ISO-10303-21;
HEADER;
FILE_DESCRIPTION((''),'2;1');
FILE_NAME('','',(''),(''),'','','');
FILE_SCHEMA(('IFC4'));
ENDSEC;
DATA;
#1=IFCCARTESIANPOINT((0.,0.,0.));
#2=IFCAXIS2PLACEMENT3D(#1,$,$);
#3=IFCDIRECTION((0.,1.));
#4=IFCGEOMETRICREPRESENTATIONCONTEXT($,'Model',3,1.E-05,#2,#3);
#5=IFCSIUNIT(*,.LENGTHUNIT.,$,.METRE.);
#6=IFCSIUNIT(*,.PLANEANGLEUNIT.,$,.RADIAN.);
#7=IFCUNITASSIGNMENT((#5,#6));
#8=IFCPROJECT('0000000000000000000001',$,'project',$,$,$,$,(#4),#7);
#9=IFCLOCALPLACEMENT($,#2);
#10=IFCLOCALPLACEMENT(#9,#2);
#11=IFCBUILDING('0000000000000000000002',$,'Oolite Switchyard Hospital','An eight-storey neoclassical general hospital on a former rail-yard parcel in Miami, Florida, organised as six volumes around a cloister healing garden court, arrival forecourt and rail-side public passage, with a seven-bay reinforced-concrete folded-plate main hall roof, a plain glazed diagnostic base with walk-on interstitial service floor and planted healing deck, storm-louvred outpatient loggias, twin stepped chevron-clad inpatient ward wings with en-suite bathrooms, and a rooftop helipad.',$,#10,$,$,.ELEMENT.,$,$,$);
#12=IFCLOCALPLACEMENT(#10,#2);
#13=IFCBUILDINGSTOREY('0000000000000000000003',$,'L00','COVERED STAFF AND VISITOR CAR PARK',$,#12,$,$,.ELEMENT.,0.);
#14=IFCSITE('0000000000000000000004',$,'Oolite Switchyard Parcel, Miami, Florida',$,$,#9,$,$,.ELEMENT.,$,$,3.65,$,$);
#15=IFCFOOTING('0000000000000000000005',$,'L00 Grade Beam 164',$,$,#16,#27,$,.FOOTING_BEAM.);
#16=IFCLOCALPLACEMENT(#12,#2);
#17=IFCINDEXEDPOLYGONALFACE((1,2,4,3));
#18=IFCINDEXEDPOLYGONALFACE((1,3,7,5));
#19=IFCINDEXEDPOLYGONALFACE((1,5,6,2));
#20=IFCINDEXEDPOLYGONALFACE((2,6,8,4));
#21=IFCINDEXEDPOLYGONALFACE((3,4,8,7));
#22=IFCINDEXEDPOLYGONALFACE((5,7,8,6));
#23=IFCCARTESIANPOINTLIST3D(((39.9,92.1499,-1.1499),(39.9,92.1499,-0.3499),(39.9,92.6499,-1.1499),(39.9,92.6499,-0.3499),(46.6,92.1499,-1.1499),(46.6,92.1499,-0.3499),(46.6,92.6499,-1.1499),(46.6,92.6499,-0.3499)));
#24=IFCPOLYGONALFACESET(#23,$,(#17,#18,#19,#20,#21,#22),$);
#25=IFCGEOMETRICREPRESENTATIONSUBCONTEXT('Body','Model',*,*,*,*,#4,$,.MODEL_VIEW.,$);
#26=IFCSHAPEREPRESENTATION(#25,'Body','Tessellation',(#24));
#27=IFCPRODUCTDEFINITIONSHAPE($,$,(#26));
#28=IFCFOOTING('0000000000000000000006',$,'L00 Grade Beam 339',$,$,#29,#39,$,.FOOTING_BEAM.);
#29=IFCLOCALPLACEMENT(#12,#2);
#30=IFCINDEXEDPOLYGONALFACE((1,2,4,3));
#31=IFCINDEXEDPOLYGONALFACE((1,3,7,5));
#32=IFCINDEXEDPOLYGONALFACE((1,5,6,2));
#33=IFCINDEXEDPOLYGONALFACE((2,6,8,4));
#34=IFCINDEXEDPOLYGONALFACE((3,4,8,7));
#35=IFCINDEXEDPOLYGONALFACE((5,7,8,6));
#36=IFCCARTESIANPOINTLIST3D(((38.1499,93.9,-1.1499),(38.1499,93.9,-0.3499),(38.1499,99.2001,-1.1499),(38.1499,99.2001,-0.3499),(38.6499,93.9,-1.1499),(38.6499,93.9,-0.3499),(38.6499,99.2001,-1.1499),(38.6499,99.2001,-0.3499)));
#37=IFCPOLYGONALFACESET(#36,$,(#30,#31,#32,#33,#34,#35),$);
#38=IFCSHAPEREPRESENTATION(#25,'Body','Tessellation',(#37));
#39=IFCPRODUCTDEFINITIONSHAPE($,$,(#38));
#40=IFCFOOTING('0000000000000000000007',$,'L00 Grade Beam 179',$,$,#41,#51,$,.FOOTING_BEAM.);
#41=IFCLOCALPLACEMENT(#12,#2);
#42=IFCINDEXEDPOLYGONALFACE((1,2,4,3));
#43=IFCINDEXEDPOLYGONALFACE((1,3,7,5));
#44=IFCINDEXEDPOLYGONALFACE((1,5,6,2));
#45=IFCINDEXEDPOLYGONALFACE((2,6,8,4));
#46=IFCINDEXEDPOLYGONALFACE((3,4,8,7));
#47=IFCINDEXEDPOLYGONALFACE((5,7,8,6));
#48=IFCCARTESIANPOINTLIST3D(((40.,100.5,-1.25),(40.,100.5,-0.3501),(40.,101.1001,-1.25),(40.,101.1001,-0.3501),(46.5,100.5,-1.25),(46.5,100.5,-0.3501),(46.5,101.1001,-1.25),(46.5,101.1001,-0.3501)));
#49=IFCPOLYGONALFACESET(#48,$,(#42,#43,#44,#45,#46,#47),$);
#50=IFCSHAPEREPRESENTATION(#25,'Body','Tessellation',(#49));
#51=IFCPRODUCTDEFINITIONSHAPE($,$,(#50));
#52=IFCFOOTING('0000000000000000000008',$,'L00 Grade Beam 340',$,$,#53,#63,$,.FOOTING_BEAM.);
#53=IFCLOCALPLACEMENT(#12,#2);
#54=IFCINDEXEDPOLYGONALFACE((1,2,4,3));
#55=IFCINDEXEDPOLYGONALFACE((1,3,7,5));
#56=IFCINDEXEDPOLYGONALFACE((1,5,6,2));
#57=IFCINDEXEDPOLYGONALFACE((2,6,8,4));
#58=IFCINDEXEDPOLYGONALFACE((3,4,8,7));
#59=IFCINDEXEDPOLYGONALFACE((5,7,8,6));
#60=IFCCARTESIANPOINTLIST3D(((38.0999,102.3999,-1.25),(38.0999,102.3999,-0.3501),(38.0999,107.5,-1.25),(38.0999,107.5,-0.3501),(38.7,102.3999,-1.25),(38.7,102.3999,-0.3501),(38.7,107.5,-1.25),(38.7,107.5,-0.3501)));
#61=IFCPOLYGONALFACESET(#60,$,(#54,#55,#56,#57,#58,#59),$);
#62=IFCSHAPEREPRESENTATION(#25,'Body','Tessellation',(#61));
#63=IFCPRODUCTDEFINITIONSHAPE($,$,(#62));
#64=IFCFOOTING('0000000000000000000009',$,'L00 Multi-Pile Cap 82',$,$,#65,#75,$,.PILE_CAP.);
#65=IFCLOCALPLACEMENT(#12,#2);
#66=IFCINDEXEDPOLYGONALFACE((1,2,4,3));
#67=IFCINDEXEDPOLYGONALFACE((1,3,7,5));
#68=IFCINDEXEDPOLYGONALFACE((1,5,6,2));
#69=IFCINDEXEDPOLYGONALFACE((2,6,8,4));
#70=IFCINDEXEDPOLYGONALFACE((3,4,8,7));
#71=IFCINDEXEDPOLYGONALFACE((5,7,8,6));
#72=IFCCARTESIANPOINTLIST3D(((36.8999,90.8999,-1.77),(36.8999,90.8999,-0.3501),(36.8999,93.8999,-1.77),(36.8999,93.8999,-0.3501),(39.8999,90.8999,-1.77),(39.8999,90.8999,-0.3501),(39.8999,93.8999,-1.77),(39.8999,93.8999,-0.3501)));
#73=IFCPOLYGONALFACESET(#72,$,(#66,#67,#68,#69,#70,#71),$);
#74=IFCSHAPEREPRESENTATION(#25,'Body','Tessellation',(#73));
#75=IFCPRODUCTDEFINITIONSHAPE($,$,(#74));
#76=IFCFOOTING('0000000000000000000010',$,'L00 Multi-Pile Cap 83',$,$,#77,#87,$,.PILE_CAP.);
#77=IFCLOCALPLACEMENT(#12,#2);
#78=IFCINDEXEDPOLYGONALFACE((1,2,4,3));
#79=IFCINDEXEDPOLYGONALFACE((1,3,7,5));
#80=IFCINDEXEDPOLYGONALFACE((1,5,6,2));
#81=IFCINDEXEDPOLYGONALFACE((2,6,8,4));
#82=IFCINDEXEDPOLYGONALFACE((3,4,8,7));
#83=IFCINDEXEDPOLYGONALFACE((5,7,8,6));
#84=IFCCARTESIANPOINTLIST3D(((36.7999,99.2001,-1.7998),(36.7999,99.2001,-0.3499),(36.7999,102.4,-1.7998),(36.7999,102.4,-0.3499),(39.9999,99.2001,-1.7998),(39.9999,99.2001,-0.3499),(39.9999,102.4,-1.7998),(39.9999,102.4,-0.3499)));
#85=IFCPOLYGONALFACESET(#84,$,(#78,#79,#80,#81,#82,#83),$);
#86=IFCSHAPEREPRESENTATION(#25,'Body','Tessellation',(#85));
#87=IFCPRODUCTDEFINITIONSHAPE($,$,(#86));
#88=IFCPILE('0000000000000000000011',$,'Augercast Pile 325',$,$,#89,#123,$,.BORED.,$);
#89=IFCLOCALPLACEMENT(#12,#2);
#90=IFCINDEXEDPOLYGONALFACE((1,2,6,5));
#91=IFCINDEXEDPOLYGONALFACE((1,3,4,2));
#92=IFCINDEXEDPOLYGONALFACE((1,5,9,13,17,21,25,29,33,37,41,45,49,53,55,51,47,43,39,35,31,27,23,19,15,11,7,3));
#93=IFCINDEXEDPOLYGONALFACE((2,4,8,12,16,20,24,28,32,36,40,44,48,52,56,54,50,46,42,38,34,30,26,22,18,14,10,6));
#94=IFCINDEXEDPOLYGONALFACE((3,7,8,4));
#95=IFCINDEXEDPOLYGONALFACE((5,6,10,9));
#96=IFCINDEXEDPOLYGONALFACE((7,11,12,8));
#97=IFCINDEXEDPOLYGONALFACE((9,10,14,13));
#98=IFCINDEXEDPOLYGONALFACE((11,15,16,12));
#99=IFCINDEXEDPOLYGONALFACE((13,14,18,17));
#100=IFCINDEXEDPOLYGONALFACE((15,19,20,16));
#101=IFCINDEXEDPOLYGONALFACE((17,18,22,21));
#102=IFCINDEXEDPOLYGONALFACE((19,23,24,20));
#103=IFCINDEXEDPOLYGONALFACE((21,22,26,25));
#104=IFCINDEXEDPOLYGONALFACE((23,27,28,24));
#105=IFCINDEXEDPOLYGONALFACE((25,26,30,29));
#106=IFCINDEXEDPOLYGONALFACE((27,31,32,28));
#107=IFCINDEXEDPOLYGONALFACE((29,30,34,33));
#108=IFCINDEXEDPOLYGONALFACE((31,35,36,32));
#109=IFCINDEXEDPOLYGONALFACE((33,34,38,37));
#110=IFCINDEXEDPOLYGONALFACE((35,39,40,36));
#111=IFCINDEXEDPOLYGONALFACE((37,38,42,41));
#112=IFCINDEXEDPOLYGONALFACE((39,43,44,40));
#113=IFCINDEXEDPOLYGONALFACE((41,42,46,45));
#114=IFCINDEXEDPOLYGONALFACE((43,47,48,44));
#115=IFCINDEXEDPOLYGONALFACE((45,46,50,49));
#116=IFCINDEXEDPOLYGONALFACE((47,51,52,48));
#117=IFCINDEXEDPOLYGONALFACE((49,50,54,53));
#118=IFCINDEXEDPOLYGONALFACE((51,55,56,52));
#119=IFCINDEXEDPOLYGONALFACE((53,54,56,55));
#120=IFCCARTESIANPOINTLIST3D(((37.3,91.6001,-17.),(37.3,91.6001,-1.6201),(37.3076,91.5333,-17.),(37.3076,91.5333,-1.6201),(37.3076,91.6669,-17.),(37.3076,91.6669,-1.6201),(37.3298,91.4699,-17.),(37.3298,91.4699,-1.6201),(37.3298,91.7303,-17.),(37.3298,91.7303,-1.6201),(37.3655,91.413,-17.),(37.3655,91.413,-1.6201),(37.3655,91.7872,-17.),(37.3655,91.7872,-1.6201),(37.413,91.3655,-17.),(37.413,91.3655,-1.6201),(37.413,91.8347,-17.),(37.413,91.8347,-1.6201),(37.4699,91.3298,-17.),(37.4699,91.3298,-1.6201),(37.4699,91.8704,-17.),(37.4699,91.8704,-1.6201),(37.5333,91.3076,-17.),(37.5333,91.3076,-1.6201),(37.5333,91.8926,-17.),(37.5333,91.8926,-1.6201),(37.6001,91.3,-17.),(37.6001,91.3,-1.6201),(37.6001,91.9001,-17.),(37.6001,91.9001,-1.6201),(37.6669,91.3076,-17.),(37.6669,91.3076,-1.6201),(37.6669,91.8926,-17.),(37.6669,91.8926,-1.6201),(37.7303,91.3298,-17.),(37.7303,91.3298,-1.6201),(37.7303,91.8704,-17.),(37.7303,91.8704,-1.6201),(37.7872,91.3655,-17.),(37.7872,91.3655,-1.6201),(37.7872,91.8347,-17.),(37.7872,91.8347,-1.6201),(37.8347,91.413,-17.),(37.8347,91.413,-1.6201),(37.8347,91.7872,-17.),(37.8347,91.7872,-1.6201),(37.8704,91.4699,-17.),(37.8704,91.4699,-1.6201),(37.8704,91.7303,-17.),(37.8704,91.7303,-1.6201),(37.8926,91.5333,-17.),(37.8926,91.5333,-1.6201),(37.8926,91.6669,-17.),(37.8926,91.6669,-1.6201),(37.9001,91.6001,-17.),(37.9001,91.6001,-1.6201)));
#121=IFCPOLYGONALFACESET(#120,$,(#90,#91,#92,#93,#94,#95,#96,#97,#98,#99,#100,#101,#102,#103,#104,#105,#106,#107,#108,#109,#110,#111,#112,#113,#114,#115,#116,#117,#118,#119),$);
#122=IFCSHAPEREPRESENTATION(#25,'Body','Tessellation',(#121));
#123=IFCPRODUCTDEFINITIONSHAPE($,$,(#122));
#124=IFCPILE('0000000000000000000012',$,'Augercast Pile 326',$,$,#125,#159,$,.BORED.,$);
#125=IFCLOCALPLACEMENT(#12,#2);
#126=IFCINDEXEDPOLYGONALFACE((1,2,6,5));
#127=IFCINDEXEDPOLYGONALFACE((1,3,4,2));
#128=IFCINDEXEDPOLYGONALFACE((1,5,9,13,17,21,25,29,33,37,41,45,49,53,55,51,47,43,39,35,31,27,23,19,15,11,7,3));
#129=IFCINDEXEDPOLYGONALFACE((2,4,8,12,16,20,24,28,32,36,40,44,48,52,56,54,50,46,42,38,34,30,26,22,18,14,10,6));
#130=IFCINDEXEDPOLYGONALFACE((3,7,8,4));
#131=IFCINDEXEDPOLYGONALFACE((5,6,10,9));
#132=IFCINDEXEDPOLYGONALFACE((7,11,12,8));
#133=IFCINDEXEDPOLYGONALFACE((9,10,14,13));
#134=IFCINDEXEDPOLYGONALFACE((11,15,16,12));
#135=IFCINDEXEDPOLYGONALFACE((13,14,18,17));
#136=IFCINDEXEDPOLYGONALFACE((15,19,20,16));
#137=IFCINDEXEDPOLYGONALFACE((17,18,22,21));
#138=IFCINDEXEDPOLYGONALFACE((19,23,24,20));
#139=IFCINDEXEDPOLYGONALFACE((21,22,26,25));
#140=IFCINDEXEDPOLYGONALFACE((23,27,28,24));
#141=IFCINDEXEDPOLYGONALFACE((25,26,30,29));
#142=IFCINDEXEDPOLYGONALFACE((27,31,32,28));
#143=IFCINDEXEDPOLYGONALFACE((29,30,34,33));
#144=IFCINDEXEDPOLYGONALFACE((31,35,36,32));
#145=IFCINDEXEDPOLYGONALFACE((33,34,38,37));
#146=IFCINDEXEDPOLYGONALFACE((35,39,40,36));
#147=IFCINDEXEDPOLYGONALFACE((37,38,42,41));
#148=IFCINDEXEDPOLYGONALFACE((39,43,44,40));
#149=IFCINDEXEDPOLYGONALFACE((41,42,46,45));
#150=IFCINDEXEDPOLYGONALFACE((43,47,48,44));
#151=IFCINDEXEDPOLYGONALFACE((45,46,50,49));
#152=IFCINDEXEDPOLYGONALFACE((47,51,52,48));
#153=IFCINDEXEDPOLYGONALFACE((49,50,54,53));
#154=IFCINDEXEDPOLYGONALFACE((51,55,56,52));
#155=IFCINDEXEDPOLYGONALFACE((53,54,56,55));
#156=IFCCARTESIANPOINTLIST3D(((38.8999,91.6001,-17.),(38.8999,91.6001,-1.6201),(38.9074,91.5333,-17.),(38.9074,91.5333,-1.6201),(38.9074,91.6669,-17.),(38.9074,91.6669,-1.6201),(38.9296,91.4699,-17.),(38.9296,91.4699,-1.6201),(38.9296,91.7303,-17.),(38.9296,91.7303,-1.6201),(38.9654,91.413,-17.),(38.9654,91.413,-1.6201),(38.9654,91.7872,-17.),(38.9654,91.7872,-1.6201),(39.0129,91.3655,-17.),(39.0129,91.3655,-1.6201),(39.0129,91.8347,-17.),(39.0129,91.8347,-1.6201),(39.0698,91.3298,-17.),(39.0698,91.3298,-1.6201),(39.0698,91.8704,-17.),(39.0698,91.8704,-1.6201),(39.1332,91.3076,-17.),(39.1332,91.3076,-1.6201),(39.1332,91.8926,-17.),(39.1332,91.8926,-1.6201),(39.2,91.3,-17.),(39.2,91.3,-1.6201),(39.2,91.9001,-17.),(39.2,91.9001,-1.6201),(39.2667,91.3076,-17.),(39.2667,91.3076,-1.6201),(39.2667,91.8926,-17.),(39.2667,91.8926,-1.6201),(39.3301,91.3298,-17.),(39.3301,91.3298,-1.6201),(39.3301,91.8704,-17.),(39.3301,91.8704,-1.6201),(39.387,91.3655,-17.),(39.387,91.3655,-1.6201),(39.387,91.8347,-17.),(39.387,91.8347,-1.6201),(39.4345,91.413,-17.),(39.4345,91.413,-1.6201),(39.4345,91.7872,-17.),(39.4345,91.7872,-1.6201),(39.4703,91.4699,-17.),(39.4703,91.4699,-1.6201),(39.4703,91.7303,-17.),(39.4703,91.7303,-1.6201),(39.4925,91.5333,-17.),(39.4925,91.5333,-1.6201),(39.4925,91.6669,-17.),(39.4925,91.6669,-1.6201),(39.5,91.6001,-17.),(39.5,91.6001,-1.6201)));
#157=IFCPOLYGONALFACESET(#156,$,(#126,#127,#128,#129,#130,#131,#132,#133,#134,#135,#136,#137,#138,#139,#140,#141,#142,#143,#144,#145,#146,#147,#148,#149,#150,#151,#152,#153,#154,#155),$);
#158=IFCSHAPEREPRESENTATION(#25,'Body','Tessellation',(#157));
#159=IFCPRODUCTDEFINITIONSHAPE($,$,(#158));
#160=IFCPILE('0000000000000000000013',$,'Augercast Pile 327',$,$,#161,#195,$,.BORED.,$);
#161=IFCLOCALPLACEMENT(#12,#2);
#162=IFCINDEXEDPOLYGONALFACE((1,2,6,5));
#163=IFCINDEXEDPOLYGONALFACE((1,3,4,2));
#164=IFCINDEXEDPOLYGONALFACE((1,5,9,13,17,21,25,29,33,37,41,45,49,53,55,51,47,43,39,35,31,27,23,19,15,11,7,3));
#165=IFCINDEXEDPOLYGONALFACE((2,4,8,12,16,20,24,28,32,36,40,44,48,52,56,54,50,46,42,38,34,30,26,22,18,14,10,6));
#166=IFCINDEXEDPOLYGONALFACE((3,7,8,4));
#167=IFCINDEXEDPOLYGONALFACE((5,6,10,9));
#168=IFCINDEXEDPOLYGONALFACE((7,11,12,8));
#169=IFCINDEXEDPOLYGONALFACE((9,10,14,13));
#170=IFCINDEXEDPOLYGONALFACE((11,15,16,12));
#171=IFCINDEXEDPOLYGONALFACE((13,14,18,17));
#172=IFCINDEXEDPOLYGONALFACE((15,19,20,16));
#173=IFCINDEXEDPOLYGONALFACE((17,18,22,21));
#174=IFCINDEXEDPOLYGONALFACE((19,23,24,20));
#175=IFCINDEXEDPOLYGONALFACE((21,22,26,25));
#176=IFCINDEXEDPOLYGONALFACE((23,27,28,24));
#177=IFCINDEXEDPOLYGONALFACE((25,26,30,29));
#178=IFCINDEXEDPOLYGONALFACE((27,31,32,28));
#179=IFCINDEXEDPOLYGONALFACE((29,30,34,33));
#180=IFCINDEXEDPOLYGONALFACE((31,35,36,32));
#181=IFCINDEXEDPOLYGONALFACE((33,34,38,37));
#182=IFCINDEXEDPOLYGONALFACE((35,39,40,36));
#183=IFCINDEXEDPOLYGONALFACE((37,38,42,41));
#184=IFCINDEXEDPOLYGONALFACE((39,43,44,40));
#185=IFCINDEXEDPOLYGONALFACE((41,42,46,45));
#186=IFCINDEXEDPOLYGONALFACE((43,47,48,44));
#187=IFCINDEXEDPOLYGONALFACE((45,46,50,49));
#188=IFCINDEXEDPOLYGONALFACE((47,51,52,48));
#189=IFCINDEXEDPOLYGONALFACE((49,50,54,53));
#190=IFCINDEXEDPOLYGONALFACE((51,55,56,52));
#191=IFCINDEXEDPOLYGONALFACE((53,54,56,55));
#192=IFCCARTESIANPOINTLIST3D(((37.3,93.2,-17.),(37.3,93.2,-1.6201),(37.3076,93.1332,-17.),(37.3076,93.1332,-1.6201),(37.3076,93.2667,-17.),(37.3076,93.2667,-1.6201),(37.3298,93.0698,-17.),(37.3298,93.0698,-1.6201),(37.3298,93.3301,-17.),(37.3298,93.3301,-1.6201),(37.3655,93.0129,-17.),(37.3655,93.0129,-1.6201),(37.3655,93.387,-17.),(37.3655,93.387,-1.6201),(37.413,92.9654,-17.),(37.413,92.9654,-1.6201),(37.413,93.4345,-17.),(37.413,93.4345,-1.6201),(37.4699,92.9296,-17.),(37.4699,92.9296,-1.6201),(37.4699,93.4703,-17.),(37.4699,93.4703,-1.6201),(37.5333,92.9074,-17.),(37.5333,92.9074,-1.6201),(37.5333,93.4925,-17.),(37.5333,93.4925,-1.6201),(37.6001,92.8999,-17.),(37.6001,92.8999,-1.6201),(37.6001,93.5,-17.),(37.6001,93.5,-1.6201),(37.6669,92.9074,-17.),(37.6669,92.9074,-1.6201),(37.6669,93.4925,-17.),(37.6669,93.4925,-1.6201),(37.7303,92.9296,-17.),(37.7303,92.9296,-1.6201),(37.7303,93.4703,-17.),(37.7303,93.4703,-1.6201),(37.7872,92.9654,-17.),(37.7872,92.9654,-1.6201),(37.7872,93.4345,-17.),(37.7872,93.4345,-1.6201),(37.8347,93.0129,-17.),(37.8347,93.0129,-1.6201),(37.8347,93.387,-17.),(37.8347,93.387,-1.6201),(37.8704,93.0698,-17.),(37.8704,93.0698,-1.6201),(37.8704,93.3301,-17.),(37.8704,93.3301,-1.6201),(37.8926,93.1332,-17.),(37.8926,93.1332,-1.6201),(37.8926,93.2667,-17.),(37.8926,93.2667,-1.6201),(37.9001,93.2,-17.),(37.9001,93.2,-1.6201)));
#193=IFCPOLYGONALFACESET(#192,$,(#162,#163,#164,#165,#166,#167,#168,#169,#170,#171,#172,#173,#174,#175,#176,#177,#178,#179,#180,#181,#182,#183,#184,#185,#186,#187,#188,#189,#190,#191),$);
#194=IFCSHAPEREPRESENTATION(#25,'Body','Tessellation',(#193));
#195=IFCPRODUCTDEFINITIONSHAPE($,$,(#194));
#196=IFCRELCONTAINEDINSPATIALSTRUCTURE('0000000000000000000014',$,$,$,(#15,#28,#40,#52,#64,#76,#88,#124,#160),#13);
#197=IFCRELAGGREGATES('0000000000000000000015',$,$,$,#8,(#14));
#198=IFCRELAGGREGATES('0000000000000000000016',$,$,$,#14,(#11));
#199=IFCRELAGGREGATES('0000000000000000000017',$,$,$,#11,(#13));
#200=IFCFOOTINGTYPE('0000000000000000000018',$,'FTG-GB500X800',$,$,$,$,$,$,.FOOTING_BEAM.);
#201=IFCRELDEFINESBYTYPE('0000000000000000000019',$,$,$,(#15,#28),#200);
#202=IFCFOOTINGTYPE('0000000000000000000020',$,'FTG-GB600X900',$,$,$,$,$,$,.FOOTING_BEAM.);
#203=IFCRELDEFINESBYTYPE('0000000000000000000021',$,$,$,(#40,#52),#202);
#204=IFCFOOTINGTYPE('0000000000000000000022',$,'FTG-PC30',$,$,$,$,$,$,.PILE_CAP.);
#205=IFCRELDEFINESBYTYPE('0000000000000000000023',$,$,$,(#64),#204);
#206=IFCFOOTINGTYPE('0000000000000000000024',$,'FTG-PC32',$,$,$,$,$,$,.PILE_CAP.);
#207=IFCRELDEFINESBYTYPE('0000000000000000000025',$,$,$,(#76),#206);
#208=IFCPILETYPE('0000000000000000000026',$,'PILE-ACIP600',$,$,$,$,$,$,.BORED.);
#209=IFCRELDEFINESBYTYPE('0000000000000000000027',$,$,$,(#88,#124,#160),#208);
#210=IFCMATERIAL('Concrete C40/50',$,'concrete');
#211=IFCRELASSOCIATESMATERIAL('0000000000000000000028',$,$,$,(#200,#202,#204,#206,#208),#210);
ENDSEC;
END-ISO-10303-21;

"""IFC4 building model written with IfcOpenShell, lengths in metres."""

from ifc_helpers import new_model, si_unit, direction, frame, origin, origin_2d, place, context, subcontext, project, spatial, rectangle, circle, extrude, material, material_profile, profile_set, type_object, element, save


model = new_model("IFC4")

# Units and contexts
model_context = context("Model", 3, precision=1e-05, world=origin(), true_north=direction((0.0, 1.0)))
body_context = subcontext(model_context, "Body", "Model", "MODEL_VIEW")
ifc_project = project(units=[si_unit("LENGTHUNIT", "METRE"), si_unit("PLANEANGLEUNIT", "RADIAN")], contexts=[model_context])

# Site, building, storey
site_placement = place(None, origin())
site = spatial("IfcSite", under=ifc_project, at=site_placement, Name="Oolite Switchyard Parcel, Miami, Florida", CompositionType="ELEMENT", RefElevation=3.65)
building_placement = place(site_placement, origin())
building = spatial("IfcBuilding", under=site, at=building_placement, Name="Oolite Switchyard Hospital", Description="An eight-storey neoclassical general hospital on a former rail-yard parcel in Miami, Florida, organised as six volumes around a cloister healing garden court, arrival forecourt and rail-side public passage, with a seven-bay reinforced-concrete folded-plate main hall roof, a plain glazed diagnostic base with walk-on interstitial service floor and planted healing deck, storm-louvred outpatient loggias, twin stepped chevron-clad inpatient ward wings with en-suite bathrooms, and a rooftop helipad.", CompositionType="ELEMENT")
storey_placement = place(building_placement, origin())
storey = spatial("IfcBuildingStorey", under=building, at=storey_placement, Name="L00", Description="COVERED STAFF AND VISITOR CAR PARK", CompositionType="ELEMENT", Elevation=0.0)

# Footings
ifc_material_1 = material(Name="Concrete C40/50", Category="concrete")
footing_type_1 = type_object("IfcFootingType", Name="FTG-GB500X800", PredefinedType="FOOTING_BEAM", material=ifc_material_1)
footing_1_placement = place(storey_placement, frame((43.25, 92.3999, -1.1499), z_axis=(0.0, 0.0, 1.0), x_axis=(1.0, 0.0, 0.0)))
element("IfcFooting", 1, at=footing_1_placement, inside=storey, type_object=footing_type_1, Name="L00 Grade Beam 164", PredefinedType="FOOTING_BEAM", context=body_context, shape_type="SweptSolid", body=[
    extrude(rectangle(XDim=6.7, YDim=0.5, at=origin_2d()), origin(), (0.0, 0.0, 1.0), 0.8),
])
footing_2_placement = place(storey_placement, frame((38.3999, 96.55, -1.1499), z_axis=(0.0, 0.0, 1.0), x_axis=(0.0, 1.0, 0.0)))
element("IfcFooting", 2, at=footing_2_placement, inside=storey, type_object=footing_type_1, Name="L00 Grade Beam 339", PredefinedType="FOOTING_BEAM", context=body_context, shape_type="SweptSolid", body=[
    extrude(rectangle(XDim=5.3, YDim=0.5, at=origin_2d()), origin(), (0.0, 0.0, 1.0), 0.8),
])
footing_type_2 = type_object("IfcFootingType", Name="FTG-GB600X900", PredefinedType="FOOTING_BEAM", material=ifc_material_1)
footing_3_placement = place(storey_placement, frame((43.25, 100.8, -1.25), z_axis=(0.0, 0.0, 1.0), x_axis=(1.0, 0.0, 0.0)))
element("IfcFooting", 3, at=footing_3_placement, inside=storey, type_object=footing_type_2, Name="L00 Grade Beam 179", PredefinedType="FOOTING_BEAM", context=body_context, shape_type="SweptSolid", body=[
    extrude(rectangle(XDim=6.5, YDim=0.6001, at=origin_2d()), origin(), (0.0, 0.0, 1.0), 0.8999),
])
footing_4_placement = place(storey_placement, frame((38.3999, 104.95, -1.25), z_axis=(0.0, 0.0, 1.0), x_axis=(0.0, 1.0, 0.0)))
element("IfcFooting", 4, at=footing_4_placement, inside=storey, type_object=footing_type_2, Name="L00 Grade Beam 340", PredefinedType="FOOTING_BEAM", context=body_context, shape_type="SweptSolid", body=[
    extrude(rectangle(XDim=5.1001, YDim=0.6001, at=origin_2d()), origin(), (0.0, 0.0, 1.0), 0.8999),
])
footing_type_3 = type_object("IfcFootingType", Name="FTG-PC30", PredefinedType="PILE_CAP", material=ifc_material_1)
footing_5_placement = place(storey_placement, frame((38.3999, 92.3999, -1.77), z_axis=(0.0, 0.0, 1.0), x_axis=(1.0, 0.0, 0.0)))
element("IfcFooting", 5, at=footing_5_placement, inside=storey, type_object=footing_type_3, Name="L00 Multi-Pile Cap 82", PredefinedType="PILE_CAP", context=body_context, shape_type="SweptSolid", body=[
    extrude(rectangle(XDim=3.0, YDim=3.0, at=origin_2d()), origin(), (0.0, 0.0, 1.0), 1.4199),
])
footing_type_4 = type_object("IfcFootingType", Name="FTG-PC32", PredefinedType="PILE_CAP", material=ifc_material_1)
footing_6_placement = place(storey_placement, frame((38.3999, 100.8, -1.7998), z_axis=(0.0, 0.0, 1.0), x_axis=(1.0, 0.0, 0.0)))
element("IfcFooting", 6, at=footing_6_placement, inside=storey, type_object=footing_type_4, Name="L00 Multi-Pile Cap 83", PredefinedType="PILE_CAP", context=body_context, shape_type="SweptSolid", body=[
    extrude(rectangle(XDim=3.2, YDim=3.2, at=origin_2d()), origin(), (0.0, 0.0, 1.0), 1.45),
])

# Piles
ifc_material_profile_1 = material_profile(ifc_material_1, circle(Radius=0.3, at=origin_2d()), Name="PILE600")
ifc_profile_set_1 = profile_set([ifc_material_profile_1], Name="Concrete C40/50")
pile_type = type_object("IfcPileType", Name="PILE-ACIP600", PredefinedType="BORED", material=ifc_profile_set_1)
for number, where, z_axis, x_axis, name in (
    (7, (37.6001, 91.6001, -1.6201), (0.0, 0.0, -1.0), (1.0, 0.0, 0.0), "Augercast Pile 325"),
    (8, (39.2, 91.6001, -1.6201), (0.0, 0.0, -1.0), (1.0, 0.0, 0.0), "Augercast Pile 326"),
    (9, (37.6001, 93.2, -1.6201), (0.0, 0.0, -1.0), (1.0, 0.0, 0.0), "Augercast Pile 327"),
):
    element("IfcPile", number, at=place(storey_placement, frame(where, z_axis=z_axis, x_axis=x_axis)), inside=storey, type_object=pile_type, Name=name, PredefinedType="BORED", context=body_context, shape_type="SweptSolid", body=[
        extrude(circle(Radius=0.3, at=origin_2d()), origin(), (0.0, 0.0, 1.0), 15.3799),
    ])

save(model, "model.ifc")
